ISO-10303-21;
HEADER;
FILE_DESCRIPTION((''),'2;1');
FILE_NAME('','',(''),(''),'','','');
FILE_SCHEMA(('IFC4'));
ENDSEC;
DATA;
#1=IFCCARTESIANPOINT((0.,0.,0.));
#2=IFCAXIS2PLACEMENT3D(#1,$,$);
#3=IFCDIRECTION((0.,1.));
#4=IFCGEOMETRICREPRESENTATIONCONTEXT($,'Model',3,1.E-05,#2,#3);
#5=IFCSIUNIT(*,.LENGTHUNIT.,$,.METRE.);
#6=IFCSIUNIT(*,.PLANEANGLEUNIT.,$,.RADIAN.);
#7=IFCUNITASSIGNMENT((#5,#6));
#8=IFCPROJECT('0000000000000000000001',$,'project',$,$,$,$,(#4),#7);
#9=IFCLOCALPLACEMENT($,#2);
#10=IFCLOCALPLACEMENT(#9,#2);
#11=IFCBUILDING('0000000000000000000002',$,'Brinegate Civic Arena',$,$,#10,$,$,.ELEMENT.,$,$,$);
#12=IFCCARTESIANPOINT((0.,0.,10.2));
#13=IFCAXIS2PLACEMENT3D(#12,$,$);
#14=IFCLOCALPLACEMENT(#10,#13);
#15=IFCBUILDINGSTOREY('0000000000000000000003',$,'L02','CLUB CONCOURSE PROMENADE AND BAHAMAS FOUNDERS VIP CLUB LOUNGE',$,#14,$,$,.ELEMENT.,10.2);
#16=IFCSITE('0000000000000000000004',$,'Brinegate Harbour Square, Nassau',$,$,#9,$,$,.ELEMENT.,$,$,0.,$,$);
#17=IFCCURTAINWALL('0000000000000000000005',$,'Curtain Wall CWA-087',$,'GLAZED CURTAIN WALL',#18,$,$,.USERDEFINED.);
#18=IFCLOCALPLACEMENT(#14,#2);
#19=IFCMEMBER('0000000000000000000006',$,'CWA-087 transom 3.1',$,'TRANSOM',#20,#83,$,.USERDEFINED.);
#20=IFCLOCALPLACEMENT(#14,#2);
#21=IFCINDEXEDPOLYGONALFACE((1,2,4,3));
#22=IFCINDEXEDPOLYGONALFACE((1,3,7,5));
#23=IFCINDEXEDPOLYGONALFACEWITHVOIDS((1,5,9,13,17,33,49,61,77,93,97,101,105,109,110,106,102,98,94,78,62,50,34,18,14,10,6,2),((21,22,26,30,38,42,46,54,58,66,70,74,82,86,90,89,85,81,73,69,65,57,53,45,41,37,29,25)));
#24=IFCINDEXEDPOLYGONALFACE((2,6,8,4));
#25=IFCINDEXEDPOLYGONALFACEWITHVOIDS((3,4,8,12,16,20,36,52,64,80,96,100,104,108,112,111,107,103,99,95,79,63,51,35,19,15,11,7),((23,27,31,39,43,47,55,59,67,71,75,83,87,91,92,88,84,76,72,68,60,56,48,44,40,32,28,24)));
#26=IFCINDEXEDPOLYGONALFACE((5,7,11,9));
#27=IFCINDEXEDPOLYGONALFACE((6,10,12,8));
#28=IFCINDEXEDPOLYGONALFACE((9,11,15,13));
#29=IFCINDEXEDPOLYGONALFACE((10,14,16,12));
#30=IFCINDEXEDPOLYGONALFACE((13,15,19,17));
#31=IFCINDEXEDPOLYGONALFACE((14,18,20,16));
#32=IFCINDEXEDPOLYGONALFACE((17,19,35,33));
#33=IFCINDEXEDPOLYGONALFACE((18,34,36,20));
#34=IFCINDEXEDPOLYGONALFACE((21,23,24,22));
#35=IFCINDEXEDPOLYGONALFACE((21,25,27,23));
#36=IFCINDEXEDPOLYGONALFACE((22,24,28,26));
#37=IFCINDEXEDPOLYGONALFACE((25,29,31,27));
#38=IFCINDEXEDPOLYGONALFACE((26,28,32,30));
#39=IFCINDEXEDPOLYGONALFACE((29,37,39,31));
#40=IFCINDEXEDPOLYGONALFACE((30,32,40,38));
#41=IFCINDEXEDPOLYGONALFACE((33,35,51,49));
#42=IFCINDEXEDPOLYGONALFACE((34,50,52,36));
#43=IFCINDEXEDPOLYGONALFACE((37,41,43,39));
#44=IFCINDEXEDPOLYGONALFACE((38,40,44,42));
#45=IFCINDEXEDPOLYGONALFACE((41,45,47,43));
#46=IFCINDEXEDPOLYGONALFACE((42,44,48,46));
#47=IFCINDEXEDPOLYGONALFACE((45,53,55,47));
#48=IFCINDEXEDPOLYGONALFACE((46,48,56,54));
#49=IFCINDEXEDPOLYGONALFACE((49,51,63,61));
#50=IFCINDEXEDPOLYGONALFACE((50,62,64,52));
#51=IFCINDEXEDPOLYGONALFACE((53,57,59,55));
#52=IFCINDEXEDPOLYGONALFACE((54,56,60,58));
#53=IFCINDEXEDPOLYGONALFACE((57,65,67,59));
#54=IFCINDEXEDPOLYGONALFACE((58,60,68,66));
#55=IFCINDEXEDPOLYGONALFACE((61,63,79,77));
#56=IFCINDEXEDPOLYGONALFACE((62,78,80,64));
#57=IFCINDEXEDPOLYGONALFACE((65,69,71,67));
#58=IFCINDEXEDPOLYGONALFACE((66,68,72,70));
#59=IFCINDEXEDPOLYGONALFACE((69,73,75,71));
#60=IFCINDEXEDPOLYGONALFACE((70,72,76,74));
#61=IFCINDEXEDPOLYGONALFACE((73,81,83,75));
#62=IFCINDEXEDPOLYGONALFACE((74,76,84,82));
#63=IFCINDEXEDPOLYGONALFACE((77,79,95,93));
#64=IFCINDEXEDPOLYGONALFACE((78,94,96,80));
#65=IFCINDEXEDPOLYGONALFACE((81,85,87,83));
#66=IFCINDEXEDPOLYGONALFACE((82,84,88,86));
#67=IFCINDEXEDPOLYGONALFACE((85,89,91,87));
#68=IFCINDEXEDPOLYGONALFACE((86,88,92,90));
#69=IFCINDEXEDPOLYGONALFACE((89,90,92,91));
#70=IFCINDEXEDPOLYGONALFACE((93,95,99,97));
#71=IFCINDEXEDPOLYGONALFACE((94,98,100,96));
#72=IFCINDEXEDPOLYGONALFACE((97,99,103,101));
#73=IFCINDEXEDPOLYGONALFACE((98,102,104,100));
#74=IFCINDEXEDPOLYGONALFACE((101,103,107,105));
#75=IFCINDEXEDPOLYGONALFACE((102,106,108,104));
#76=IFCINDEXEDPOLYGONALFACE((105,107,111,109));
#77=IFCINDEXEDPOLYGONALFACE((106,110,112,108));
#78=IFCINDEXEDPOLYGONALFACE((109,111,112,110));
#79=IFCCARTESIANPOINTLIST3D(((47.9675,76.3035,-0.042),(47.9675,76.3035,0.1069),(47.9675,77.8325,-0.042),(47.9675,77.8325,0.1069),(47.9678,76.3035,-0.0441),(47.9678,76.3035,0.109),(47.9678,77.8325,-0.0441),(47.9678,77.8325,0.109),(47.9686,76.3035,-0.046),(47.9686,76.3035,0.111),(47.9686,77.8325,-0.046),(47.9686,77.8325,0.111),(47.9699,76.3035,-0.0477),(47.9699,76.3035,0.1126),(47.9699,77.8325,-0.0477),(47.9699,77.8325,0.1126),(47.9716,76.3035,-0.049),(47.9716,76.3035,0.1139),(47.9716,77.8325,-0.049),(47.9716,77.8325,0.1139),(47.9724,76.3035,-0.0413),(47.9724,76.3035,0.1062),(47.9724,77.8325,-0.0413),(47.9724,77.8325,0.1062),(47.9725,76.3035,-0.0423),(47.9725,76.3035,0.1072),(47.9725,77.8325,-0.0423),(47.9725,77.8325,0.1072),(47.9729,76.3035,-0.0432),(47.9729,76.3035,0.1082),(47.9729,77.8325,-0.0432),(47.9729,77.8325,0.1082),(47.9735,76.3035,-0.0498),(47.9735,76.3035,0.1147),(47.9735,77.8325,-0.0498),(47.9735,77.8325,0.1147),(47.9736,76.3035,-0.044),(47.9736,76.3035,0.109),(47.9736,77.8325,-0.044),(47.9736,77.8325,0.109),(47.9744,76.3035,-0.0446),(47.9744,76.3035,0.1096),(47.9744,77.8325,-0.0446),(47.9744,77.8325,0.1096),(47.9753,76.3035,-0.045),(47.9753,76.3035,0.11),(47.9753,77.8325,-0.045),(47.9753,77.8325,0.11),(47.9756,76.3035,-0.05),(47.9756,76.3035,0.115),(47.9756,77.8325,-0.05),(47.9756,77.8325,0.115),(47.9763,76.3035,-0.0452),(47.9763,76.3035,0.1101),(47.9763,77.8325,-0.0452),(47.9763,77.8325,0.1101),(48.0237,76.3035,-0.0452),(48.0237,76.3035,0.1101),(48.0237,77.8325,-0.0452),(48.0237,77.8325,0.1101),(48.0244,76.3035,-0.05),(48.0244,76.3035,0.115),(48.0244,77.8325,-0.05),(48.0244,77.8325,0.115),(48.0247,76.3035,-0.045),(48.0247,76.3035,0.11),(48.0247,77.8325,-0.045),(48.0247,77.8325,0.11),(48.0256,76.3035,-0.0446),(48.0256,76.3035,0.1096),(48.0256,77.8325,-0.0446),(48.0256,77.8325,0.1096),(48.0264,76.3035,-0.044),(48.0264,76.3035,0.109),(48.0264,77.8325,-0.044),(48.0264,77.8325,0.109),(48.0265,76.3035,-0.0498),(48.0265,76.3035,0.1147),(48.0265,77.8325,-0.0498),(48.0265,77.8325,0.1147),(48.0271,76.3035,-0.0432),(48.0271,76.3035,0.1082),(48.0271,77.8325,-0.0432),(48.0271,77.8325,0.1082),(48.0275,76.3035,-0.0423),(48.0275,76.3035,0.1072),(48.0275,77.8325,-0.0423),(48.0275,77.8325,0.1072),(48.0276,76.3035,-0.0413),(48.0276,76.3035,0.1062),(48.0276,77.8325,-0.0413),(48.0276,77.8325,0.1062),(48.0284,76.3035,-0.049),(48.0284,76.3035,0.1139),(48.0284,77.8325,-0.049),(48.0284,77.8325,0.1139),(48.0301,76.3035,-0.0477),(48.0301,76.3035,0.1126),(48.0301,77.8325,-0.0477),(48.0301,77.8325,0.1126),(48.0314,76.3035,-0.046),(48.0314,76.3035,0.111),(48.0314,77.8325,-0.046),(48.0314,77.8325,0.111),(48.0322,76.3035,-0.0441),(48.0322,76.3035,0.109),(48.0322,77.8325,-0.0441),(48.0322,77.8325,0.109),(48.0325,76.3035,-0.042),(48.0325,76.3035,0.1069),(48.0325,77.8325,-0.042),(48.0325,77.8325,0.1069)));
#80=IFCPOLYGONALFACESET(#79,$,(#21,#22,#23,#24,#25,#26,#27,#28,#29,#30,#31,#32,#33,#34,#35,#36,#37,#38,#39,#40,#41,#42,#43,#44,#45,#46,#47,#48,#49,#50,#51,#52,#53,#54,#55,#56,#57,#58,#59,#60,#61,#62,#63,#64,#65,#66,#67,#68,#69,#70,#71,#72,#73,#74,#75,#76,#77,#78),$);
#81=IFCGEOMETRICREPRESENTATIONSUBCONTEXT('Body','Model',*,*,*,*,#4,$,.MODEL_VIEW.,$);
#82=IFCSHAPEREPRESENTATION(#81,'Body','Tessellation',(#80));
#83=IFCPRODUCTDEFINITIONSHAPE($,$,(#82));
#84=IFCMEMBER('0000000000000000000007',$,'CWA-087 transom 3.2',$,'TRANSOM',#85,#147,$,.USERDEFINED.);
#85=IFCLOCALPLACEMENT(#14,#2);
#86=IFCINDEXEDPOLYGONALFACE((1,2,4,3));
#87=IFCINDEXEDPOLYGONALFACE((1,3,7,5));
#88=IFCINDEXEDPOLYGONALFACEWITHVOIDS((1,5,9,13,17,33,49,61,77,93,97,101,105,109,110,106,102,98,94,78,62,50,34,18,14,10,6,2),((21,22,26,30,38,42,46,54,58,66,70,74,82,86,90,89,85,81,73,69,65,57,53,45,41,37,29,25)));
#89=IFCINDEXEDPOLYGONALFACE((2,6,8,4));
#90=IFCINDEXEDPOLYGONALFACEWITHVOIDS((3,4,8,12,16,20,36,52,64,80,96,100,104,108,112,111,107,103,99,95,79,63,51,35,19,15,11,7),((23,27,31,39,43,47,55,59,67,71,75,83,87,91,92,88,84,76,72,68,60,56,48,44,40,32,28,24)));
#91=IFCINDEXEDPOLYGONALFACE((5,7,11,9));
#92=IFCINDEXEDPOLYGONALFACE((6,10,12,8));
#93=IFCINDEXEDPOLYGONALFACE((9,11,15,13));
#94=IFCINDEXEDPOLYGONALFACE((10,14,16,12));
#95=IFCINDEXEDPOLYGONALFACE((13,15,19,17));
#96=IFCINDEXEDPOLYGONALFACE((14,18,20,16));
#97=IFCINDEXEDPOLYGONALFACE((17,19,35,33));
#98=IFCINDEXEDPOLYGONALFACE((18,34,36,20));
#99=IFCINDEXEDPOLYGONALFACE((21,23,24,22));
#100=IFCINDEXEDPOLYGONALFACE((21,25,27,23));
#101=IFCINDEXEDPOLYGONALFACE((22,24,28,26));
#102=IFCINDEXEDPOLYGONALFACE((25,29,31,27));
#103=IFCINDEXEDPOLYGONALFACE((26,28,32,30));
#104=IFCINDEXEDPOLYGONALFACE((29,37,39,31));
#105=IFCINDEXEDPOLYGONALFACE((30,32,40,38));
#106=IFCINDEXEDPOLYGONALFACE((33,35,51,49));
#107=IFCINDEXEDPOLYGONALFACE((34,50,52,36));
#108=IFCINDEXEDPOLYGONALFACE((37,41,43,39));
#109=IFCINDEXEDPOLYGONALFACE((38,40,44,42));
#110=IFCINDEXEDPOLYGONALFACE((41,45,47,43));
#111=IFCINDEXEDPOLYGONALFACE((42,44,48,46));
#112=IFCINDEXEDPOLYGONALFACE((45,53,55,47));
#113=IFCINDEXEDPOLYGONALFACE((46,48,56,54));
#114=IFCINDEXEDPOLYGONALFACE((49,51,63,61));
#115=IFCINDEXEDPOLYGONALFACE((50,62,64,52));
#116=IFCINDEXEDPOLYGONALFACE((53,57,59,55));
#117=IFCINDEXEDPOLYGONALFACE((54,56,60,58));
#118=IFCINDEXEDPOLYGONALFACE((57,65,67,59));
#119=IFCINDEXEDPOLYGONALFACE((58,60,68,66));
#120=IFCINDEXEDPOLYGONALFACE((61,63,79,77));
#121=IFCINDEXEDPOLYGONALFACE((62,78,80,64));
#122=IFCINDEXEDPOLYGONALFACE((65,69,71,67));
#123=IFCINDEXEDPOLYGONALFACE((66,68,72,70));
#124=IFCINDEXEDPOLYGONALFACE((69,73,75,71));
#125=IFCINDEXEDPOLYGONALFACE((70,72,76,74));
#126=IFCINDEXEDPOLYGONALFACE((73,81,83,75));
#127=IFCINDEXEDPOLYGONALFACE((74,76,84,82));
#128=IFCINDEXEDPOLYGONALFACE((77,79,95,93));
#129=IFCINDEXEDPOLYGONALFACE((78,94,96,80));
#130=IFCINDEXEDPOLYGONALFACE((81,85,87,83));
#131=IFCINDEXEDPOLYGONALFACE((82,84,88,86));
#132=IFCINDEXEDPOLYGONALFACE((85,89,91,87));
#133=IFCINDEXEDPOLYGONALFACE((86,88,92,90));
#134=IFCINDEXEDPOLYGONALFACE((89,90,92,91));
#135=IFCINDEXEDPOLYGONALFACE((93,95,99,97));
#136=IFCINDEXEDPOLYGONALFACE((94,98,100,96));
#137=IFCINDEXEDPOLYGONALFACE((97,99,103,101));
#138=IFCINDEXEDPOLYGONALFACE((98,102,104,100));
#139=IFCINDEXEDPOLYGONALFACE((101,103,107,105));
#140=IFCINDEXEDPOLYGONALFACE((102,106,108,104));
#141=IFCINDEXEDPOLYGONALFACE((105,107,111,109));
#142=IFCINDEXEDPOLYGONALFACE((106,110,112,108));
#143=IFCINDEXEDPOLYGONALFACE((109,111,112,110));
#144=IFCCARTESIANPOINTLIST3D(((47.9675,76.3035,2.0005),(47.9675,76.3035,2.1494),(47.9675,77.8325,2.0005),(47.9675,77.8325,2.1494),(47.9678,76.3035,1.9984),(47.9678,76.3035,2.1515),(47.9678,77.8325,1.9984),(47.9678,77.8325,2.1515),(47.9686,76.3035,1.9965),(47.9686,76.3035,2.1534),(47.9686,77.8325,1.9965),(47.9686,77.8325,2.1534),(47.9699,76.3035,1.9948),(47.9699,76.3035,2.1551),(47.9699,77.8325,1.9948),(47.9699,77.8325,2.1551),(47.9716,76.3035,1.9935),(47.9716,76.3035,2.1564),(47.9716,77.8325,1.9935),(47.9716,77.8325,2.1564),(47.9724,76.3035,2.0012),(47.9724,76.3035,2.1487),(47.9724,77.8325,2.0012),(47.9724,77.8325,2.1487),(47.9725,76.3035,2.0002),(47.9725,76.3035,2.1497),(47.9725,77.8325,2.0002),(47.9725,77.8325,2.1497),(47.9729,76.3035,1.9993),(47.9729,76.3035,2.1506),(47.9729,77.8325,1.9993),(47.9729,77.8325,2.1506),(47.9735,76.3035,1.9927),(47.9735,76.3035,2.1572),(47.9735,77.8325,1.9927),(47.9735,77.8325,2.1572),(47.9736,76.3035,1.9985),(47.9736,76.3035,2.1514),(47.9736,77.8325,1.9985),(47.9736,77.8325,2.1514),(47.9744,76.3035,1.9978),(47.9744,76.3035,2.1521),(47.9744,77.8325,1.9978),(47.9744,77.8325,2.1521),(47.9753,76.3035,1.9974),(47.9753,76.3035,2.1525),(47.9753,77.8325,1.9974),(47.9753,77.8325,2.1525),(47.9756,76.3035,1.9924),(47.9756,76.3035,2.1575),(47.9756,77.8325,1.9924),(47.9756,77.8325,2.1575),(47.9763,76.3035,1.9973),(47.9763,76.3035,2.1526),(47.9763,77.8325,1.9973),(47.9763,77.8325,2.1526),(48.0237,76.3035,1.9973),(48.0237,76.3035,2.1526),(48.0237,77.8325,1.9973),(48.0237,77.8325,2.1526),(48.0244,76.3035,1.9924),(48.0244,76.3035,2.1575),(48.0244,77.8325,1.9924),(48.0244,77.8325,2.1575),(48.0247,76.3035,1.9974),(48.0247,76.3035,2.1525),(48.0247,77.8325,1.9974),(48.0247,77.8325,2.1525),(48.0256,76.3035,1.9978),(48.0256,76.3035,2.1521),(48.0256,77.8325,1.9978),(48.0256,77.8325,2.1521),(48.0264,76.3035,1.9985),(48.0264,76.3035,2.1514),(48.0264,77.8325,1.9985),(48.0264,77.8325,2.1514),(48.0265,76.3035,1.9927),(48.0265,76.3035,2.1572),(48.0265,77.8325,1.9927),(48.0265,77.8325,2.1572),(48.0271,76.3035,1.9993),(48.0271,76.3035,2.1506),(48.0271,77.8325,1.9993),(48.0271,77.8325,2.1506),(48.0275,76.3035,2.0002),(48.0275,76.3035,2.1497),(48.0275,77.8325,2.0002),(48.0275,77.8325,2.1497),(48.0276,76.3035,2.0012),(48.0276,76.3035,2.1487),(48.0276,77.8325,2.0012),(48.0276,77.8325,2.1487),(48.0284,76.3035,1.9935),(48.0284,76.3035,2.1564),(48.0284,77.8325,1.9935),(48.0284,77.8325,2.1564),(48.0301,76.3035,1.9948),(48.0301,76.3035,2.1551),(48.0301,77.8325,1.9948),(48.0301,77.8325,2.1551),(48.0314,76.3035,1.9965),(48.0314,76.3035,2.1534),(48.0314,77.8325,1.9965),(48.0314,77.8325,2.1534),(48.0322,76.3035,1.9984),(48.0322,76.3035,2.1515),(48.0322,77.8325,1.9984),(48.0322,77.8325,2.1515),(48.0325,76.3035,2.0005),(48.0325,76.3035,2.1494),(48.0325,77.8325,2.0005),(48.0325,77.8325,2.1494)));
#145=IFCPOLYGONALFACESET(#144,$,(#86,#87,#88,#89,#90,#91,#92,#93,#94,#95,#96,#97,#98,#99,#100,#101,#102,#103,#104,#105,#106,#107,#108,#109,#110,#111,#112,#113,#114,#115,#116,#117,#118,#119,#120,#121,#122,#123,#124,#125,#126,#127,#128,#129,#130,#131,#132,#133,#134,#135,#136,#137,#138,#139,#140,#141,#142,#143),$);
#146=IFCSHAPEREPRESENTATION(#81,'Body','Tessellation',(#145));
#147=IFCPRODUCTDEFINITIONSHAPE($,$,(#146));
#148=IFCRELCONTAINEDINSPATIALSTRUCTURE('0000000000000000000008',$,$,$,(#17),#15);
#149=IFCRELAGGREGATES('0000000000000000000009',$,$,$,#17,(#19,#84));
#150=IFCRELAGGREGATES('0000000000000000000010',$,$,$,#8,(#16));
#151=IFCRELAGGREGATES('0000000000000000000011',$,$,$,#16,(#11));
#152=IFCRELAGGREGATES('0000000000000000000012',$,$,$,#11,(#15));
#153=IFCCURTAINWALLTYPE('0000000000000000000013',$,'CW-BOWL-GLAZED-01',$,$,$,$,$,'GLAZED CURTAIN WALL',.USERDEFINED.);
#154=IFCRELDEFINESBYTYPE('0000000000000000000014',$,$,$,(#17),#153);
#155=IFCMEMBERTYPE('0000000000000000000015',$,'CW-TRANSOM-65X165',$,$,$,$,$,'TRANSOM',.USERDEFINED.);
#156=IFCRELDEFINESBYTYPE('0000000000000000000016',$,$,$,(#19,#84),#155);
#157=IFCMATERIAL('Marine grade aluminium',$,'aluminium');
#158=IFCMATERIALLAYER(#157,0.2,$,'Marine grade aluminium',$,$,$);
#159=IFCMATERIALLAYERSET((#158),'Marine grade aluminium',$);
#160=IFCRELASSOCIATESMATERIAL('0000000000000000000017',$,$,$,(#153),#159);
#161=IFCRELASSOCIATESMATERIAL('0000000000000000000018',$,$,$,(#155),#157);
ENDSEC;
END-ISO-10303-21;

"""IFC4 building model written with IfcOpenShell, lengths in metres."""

from ifc_helpers import new_model, si_unit, direction, frame, origin, origin_2d, place, context, subcontext, project, spatial, hollow_rectangle, extrude, material, layer, layer_set, material_profile, profile_set, type_object, element, aggregate, save


model = new_model("IFC4")

# Units and contexts
model_context = context("Model", 3, precision=1e-05, world=origin(), true_north=direction((0.0, 1.0)))
body_context = subcontext(model_context, "Body", "Model", "MODEL_VIEW")
ifc_project = project(units=[si_unit("LENGTHUNIT", "METRE"), si_unit("PLANEANGLEUNIT", "RADIAN")], contexts=[model_context])

# Site, building, storey
site_placement = place(None, origin())
site = spatial("IfcSite", under=ifc_project, at=site_placement, Name="Brinegate Harbour Square, Nassau", CompositionType="ELEMENT", RefElevation=0.0)
building_placement = place(site_placement, origin())
building = spatial("IfcBuilding", under=site, at=building_placement, Name="Brinegate Civic Arena", CompositionType="ELEMENT")
storey_placement = place(building_placement, frame((0.0, 0.0, 10.2)))
storey = spatial("IfcBuildingStorey", under=building, at=storey_placement, Name="L02", Description="CLUB CONCOURSE PROMENADE AND BAHAMAS FOUNDERS VIP CLUB LOUNGE", CompositionType="ELEMENT", Elevation=10.2)

# Shared definitions
ifc_material_1 = material(Name="Marine grade aluminium", Category="aluminium")
ifc_layer_1 = layer(ifc_material_1, 0.2, Name="Marine grade aluminium")
ifc_layer_set_1 = layer_set([ifc_layer_1], Name="Marine grade aluminium")
curtain_wall_type = type_object("IfcCurtainWallType", Name="CW-BOWL-GLAZED-01", ElementType="GLAZED CURTAIN WALL", PredefinedType="USERDEFINED", material=ifc_layer_set_1)

# Curtain wall
curtain_wall_1_placement = place(storey_placement, origin())
curtain_wall_1 = element("IfcCurtainWall", 1, at=curtain_wall_1_placement, inside=storey, type_object=curtain_wall_type, Name="Curtain Wall CWA-087", ObjectType="GLAZED CURTAIN WALL", PredefinedType="USERDEFINED")

# Members
ifc_material_profile_1 = material_profile(ifc_material_1, hollow_rectangle(XDim=0.0649, YDim=0.165, WallThickness=0.0049, InnerFilletRadius=0.0039, OuterFilletRadius=0.0081, at=origin_2d()), Name="TRN65X165")
ifc_profile_set_1 = profile_set([ifc_material_profile_1], Name="Marine grade aluminium")
member_type_1 = type_object("IfcMemberType", Name="CW-TRANSOM-65X165", ElementType="TRANSOM", PredefinedType="USERDEFINED", material=ifc_profile_set_1)
member_1_placement = place(storey_placement, frame((48.0, 76.3035, 0.0325), z_axis=(0.0, 1.0, 0.0), x_axis=(-1.0, 0.0, 0.0)))
member_1 = element("IfcMember", 2, at=member_1_placement, type_object=member_type_1, Name="CWA-087 transom 3.1", ObjectType="TRANSOM", PredefinedType="USERDEFINED", context=body_context, shape_type="SweptSolid", body=[
    extrude(hollow_rectangle(XDim=0.0649, YDim=0.165, WallThickness=0.0049, InnerFilletRadius=0.0039, OuterFilletRadius=0.0081, at=origin_2d()), origin(), (0.0, 0.0, 1.0), 1.5291),
])
member_2_placement = place(storey_placement, frame((48.0, 76.3035, 2.075), z_axis=(0.0, 1.0, 0.0), x_axis=(-1.0, 0.0, 0.0)))
member_2 = element("IfcMember", 3, at=member_2_placement, type_object=member_type_1, Name="CWA-087 transom 3.2", ObjectType="TRANSOM", PredefinedType="USERDEFINED", context=body_context, shape_type="SweptSolid", body=[
    extrude(hollow_rectangle(XDim=0.0649, YDim=0.165, WallThickness=0.0049, InnerFilletRadius=0.0039, OuterFilletRadius=0.0081, at=origin_2d()), origin(), (0.0, 0.0, 1.0), 1.5291),
])

aggregate(curtain_wall_1, [member_1, member_2])

save(model, "model.ifc")
